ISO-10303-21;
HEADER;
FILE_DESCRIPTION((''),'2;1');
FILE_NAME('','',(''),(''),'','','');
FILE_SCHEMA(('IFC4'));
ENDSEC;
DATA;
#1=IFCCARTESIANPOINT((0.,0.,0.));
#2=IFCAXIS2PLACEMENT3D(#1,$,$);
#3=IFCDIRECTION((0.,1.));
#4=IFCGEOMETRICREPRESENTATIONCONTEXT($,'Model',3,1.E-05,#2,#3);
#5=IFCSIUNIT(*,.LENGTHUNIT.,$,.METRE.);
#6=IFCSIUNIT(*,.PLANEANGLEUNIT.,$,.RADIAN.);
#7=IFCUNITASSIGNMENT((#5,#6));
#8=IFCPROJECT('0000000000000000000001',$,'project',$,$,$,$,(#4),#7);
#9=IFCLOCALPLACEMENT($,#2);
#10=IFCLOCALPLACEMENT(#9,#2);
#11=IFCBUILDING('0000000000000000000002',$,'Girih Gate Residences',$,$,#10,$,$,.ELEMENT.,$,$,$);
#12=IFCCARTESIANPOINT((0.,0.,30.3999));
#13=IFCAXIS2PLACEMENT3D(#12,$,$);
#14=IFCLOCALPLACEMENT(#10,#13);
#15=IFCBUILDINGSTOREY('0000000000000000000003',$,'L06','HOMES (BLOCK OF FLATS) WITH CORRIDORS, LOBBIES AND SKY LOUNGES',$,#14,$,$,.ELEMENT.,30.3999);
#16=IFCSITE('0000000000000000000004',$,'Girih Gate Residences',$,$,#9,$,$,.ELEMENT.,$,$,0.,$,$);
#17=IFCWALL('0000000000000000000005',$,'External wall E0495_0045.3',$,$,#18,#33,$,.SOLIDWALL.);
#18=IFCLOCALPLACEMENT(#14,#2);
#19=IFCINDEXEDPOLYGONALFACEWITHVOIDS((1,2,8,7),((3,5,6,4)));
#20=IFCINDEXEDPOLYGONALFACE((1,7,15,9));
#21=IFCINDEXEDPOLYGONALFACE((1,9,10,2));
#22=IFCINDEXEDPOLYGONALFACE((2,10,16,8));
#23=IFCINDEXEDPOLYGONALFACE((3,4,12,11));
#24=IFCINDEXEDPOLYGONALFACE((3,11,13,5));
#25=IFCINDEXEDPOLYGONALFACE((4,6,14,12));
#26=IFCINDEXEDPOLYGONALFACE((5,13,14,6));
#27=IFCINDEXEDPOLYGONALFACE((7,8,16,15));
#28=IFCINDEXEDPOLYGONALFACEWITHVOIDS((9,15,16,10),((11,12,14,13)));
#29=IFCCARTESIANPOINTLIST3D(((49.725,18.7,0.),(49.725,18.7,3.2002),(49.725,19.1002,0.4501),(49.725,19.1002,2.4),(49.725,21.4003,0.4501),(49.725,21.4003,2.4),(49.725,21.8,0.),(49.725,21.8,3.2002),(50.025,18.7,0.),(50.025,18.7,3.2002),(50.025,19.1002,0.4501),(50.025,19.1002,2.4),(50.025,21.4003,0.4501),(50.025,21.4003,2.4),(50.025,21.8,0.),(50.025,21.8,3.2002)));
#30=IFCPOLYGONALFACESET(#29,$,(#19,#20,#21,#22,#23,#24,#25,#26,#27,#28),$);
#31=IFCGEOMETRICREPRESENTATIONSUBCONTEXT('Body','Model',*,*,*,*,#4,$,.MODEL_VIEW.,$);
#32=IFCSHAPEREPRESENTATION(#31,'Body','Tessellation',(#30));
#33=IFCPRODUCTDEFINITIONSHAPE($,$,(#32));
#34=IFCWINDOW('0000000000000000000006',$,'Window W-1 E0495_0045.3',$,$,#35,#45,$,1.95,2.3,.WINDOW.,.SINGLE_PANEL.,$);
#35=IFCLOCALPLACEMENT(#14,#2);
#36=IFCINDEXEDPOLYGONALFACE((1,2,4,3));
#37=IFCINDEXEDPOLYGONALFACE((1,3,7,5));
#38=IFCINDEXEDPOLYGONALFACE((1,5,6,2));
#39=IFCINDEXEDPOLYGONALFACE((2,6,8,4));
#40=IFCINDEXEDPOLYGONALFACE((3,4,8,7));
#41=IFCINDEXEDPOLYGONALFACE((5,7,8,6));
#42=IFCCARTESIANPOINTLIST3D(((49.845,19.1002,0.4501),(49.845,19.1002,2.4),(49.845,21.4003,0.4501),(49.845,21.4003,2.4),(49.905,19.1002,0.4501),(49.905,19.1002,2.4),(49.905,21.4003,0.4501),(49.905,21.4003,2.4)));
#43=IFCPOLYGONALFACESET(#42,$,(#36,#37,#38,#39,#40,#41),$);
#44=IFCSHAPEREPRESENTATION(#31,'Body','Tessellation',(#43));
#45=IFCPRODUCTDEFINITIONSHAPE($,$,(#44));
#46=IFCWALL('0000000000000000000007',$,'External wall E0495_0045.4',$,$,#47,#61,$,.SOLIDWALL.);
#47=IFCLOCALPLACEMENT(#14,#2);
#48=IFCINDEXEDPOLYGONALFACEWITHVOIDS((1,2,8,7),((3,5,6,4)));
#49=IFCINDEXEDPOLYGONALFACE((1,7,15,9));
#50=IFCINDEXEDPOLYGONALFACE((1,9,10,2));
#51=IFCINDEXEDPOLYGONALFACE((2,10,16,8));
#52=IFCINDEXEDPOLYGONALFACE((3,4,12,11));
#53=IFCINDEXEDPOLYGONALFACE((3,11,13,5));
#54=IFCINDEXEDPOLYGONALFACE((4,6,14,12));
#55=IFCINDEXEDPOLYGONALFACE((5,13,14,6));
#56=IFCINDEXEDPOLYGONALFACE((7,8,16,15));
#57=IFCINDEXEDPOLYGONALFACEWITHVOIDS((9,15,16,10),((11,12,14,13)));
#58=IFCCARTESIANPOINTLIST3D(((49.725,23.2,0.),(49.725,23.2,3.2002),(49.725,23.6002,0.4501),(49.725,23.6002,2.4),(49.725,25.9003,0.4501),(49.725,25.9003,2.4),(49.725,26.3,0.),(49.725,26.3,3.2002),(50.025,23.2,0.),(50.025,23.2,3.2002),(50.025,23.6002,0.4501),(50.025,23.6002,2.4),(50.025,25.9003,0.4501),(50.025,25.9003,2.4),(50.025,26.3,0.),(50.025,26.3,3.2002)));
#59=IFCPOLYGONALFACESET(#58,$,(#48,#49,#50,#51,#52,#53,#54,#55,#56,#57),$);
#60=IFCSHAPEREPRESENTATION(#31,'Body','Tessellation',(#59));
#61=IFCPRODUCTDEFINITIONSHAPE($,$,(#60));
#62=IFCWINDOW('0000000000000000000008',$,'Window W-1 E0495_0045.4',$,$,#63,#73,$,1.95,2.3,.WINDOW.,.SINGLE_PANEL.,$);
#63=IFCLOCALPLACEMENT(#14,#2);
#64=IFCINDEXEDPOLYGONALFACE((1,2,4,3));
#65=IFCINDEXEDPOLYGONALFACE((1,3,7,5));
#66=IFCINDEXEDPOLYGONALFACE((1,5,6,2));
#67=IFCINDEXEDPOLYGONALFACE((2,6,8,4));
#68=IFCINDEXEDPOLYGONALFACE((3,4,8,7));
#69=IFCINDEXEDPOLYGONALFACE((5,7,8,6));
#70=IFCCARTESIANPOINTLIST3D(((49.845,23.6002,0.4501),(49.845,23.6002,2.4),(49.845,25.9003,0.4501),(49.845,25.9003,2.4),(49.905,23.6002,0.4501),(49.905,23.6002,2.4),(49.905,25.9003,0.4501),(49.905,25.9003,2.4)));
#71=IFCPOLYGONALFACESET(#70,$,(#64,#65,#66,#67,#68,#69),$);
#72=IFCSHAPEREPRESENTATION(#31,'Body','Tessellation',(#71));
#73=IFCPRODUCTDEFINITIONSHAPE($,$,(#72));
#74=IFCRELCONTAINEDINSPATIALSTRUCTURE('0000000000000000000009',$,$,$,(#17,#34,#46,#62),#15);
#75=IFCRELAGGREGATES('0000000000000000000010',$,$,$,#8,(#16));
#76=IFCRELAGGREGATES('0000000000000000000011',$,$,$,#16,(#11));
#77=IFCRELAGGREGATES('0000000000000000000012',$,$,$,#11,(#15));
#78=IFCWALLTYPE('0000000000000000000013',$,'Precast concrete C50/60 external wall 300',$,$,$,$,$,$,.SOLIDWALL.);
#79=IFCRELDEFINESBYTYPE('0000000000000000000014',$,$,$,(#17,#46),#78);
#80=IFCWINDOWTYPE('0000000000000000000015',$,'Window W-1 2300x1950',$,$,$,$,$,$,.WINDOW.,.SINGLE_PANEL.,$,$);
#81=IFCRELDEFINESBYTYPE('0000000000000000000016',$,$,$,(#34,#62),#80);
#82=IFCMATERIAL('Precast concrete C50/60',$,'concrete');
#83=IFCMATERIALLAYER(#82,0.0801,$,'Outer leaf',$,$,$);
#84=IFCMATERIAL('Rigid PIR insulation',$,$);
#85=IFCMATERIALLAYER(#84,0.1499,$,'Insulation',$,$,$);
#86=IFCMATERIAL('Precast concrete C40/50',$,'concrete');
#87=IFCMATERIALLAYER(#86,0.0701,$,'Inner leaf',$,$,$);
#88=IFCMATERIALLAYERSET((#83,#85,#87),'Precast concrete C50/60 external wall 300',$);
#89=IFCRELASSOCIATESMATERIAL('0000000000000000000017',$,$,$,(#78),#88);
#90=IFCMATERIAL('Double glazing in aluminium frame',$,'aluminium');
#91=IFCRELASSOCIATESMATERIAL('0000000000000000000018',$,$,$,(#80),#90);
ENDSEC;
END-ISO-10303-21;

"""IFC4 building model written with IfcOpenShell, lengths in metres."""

from ifc_helpers import new_model, si_unit, direction, frame, frame_2d, origin, place, context, subcontext, project, spatial, rectangle, extrude, material, layer, layer_set, type_object, element, fill, save


model = new_model("IFC4")

# Units and contexts
model_context = context("Model", 3, precision=1e-05, world=origin(), true_north=direction((0.0, 1.0)))
body_context = subcontext(model_context, "Body", "Model", "MODEL_VIEW")
ifc_project = project(units=[si_unit("LENGTHUNIT", "METRE"), si_unit("PLANEANGLEUNIT", "RADIAN")], contexts=[model_context])

# Site, building, storey
site_placement = place(None, origin())
site = spatial("IfcSite", under=ifc_project, at=site_placement, Name="Girih Gate Residences", CompositionType="ELEMENT", RefElevation=0.0)
building_placement = place(site_placement, origin())
building = spatial("IfcBuilding", under=site, at=building_placement, Name="Girih Gate Residences", CompositionType="ELEMENT")
storey_placement = place(building_placement, frame((0.0, 0.0, 30.3999)))
storey = spatial("IfcBuildingStorey", under=building, at=storey_placement, Name="L06", Description="HOMES (BLOCK OF FLATS) WITH CORRIDORS, LOBBIES AND SKY LOUNGES", CompositionType="ELEMENT", Elevation=30.3999)

# Walls, openings, windows
ifc_material_1 = material(Name="Precast concrete C50/60", Category="concrete")
ifc_layer_1 = layer(ifc_material_1, 0.0801, Name="Outer leaf")
ifc_material_2 = material(Name="Rigid PIR insulation")
ifc_layer_2 = layer(ifc_material_2, 0.1499, Name="Insulation")
ifc_material_3 = material(Name="Precast concrete C40/50", Category="concrete")
ifc_layer_3 = layer(ifc_material_3, 0.0701, Name="Inner leaf")
ifc_layer_set_1 = layer_set([ifc_layer_1, ifc_layer_2, ifc_layer_3], Name="Precast concrete C50/60 external wall 300")
wall_type_1 = type_object("IfcWallType", Name="Precast concrete C50/60 external wall 300", PredefinedType="SOLIDWALL", material=ifc_layer_set_1)
wall_1_placement = place(storey_placement, frame((49.875, 21.8, 0.0), z_axis=(0.0, 0.0, 1.0), x_axis=(0.0, -1.0, 0.0)))
wall_1 = element("IfcWall", 1, at=wall_1_placement, inside=storey, type_object=wall_type_1, Name="External wall E0495_0045.3", PredefinedType="SOLIDWALL", context=body_context, shape_type="SweptSolid", body=[
    extrude(rectangle(XDim=3.1001, YDim=0.3, at=frame_2d((1.55, 0.0))), origin(), (0.0, 0.0, 1.0), 3.2002),
])
opening_1_placement = place(wall_1_placement, frame((0.3999, 0.0, 0.45)))
opening_1 = element("IfcOpeningElement", 2, at=opening_1_placement, cuts=wall_1, PredefinedType="OPENING", context=body_context, shape_type="SweptSolid", body=[
    extrude(rectangle(XDim=2.3, YDim=1.95, at=frame_2d((1.1499, 0.9751))), frame((0.0, 0.1599, 0.0), z_axis=(0.0, -1.0, 0.0), x_axis=(1.0, 0.0, 0.0)), (0.0, 0.0, 1.0), 0.3201),
])
ifc_material_4 = material(Name="Double glazing in aluminium frame", Category="aluminium")
window_type = type_object("IfcWindowType", Name="Window W-1 2300x1950", PartitioningType="SINGLE_PANEL", PredefinedType="WINDOW", material=ifc_material_4)
window_1_placement = place(opening_1_placement, origin())
window_1 = element("IfcWindow", 3, at=window_1_placement, inside=storey, type_object=window_type, Name="Window W-1 E0495_0045.3", OverallHeight=1.95, OverallWidth=2.3, PartitioningType="SINGLE_PANEL", PredefinedType="WINDOW", context=body_context, shape_type="SweptSolid", body=[
    extrude(rectangle(XDim=2.3, YDim=1.95, at=frame_2d((1.1499, 0.9751))), frame((0.0, 0.03, 0.0), z_axis=(0.0, -1.0, 0.0), x_axis=(1.0, 0.0, 0.0)), (0.0, 0.0, 1.0), 0.0601),
])
fill(opening_1, window_1)
wall_2_placement = place(storey_placement, frame((49.875, 26.3, 0.0), z_axis=(0.0, 0.0, 1.0), x_axis=(0.0, -1.0, 0.0)))
wall_2 = element("IfcWall", 4, at=wall_2_placement, inside=storey, type_object=wall_type_1, Name="External wall E0495_0045.4", PredefinedType="SOLIDWALL", context=body_context, shape_type="SweptSolid", body=[
    extrude(rectangle(XDim=3.1001, YDim=0.3, at=frame_2d((1.55, 0.0))), origin(), (0.0, 0.0, 1.0), 3.2002),
])
opening_2_placement = place(wall_2_placement, frame((0.3999, 0.0, 0.45)))
opening_2 = element("IfcOpeningElement", 5, at=opening_2_placement, cuts=wall_2, PredefinedType="OPENING", context=body_context, shape_type="SweptSolid", body=[
    extrude(rectangle(XDim=2.3, YDim=1.95, at=frame_2d((1.1499, 0.9751))), frame((0.0, 0.1599, 0.0), z_axis=(0.0, -1.0, 0.0), x_axis=(1.0, 0.0, 0.0)), (0.0, 0.0, 1.0), 0.3201),
])
window_2_placement = place(opening_2_placement, origin())
window_2 = element("IfcWindow", 6, at=window_2_placement, inside=storey, type_object=window_type, Name="Window W-1 E0495_0045.4", OverallHeight=1.95, OverallWidth=2.3, PartitioningType="SINGLE_PANEL", PredefinedType="WINDOW", context=body_context, shape_type="SweptSolid", body=[
    extrude(rectangle(XDim=2.3, YDim=1.95, at=frame_2d((1.1499, 0.9751))), frame((0.0, 0.03, 0.0), z_axis=(0.0, -1.0, 0.0), x_axis=(1.0, 0.0, 0.0)), (0.0, 0.0, 1.0), 0.0601),
])
fill(opening_2, window_2)

save(model, "model.ifc")
